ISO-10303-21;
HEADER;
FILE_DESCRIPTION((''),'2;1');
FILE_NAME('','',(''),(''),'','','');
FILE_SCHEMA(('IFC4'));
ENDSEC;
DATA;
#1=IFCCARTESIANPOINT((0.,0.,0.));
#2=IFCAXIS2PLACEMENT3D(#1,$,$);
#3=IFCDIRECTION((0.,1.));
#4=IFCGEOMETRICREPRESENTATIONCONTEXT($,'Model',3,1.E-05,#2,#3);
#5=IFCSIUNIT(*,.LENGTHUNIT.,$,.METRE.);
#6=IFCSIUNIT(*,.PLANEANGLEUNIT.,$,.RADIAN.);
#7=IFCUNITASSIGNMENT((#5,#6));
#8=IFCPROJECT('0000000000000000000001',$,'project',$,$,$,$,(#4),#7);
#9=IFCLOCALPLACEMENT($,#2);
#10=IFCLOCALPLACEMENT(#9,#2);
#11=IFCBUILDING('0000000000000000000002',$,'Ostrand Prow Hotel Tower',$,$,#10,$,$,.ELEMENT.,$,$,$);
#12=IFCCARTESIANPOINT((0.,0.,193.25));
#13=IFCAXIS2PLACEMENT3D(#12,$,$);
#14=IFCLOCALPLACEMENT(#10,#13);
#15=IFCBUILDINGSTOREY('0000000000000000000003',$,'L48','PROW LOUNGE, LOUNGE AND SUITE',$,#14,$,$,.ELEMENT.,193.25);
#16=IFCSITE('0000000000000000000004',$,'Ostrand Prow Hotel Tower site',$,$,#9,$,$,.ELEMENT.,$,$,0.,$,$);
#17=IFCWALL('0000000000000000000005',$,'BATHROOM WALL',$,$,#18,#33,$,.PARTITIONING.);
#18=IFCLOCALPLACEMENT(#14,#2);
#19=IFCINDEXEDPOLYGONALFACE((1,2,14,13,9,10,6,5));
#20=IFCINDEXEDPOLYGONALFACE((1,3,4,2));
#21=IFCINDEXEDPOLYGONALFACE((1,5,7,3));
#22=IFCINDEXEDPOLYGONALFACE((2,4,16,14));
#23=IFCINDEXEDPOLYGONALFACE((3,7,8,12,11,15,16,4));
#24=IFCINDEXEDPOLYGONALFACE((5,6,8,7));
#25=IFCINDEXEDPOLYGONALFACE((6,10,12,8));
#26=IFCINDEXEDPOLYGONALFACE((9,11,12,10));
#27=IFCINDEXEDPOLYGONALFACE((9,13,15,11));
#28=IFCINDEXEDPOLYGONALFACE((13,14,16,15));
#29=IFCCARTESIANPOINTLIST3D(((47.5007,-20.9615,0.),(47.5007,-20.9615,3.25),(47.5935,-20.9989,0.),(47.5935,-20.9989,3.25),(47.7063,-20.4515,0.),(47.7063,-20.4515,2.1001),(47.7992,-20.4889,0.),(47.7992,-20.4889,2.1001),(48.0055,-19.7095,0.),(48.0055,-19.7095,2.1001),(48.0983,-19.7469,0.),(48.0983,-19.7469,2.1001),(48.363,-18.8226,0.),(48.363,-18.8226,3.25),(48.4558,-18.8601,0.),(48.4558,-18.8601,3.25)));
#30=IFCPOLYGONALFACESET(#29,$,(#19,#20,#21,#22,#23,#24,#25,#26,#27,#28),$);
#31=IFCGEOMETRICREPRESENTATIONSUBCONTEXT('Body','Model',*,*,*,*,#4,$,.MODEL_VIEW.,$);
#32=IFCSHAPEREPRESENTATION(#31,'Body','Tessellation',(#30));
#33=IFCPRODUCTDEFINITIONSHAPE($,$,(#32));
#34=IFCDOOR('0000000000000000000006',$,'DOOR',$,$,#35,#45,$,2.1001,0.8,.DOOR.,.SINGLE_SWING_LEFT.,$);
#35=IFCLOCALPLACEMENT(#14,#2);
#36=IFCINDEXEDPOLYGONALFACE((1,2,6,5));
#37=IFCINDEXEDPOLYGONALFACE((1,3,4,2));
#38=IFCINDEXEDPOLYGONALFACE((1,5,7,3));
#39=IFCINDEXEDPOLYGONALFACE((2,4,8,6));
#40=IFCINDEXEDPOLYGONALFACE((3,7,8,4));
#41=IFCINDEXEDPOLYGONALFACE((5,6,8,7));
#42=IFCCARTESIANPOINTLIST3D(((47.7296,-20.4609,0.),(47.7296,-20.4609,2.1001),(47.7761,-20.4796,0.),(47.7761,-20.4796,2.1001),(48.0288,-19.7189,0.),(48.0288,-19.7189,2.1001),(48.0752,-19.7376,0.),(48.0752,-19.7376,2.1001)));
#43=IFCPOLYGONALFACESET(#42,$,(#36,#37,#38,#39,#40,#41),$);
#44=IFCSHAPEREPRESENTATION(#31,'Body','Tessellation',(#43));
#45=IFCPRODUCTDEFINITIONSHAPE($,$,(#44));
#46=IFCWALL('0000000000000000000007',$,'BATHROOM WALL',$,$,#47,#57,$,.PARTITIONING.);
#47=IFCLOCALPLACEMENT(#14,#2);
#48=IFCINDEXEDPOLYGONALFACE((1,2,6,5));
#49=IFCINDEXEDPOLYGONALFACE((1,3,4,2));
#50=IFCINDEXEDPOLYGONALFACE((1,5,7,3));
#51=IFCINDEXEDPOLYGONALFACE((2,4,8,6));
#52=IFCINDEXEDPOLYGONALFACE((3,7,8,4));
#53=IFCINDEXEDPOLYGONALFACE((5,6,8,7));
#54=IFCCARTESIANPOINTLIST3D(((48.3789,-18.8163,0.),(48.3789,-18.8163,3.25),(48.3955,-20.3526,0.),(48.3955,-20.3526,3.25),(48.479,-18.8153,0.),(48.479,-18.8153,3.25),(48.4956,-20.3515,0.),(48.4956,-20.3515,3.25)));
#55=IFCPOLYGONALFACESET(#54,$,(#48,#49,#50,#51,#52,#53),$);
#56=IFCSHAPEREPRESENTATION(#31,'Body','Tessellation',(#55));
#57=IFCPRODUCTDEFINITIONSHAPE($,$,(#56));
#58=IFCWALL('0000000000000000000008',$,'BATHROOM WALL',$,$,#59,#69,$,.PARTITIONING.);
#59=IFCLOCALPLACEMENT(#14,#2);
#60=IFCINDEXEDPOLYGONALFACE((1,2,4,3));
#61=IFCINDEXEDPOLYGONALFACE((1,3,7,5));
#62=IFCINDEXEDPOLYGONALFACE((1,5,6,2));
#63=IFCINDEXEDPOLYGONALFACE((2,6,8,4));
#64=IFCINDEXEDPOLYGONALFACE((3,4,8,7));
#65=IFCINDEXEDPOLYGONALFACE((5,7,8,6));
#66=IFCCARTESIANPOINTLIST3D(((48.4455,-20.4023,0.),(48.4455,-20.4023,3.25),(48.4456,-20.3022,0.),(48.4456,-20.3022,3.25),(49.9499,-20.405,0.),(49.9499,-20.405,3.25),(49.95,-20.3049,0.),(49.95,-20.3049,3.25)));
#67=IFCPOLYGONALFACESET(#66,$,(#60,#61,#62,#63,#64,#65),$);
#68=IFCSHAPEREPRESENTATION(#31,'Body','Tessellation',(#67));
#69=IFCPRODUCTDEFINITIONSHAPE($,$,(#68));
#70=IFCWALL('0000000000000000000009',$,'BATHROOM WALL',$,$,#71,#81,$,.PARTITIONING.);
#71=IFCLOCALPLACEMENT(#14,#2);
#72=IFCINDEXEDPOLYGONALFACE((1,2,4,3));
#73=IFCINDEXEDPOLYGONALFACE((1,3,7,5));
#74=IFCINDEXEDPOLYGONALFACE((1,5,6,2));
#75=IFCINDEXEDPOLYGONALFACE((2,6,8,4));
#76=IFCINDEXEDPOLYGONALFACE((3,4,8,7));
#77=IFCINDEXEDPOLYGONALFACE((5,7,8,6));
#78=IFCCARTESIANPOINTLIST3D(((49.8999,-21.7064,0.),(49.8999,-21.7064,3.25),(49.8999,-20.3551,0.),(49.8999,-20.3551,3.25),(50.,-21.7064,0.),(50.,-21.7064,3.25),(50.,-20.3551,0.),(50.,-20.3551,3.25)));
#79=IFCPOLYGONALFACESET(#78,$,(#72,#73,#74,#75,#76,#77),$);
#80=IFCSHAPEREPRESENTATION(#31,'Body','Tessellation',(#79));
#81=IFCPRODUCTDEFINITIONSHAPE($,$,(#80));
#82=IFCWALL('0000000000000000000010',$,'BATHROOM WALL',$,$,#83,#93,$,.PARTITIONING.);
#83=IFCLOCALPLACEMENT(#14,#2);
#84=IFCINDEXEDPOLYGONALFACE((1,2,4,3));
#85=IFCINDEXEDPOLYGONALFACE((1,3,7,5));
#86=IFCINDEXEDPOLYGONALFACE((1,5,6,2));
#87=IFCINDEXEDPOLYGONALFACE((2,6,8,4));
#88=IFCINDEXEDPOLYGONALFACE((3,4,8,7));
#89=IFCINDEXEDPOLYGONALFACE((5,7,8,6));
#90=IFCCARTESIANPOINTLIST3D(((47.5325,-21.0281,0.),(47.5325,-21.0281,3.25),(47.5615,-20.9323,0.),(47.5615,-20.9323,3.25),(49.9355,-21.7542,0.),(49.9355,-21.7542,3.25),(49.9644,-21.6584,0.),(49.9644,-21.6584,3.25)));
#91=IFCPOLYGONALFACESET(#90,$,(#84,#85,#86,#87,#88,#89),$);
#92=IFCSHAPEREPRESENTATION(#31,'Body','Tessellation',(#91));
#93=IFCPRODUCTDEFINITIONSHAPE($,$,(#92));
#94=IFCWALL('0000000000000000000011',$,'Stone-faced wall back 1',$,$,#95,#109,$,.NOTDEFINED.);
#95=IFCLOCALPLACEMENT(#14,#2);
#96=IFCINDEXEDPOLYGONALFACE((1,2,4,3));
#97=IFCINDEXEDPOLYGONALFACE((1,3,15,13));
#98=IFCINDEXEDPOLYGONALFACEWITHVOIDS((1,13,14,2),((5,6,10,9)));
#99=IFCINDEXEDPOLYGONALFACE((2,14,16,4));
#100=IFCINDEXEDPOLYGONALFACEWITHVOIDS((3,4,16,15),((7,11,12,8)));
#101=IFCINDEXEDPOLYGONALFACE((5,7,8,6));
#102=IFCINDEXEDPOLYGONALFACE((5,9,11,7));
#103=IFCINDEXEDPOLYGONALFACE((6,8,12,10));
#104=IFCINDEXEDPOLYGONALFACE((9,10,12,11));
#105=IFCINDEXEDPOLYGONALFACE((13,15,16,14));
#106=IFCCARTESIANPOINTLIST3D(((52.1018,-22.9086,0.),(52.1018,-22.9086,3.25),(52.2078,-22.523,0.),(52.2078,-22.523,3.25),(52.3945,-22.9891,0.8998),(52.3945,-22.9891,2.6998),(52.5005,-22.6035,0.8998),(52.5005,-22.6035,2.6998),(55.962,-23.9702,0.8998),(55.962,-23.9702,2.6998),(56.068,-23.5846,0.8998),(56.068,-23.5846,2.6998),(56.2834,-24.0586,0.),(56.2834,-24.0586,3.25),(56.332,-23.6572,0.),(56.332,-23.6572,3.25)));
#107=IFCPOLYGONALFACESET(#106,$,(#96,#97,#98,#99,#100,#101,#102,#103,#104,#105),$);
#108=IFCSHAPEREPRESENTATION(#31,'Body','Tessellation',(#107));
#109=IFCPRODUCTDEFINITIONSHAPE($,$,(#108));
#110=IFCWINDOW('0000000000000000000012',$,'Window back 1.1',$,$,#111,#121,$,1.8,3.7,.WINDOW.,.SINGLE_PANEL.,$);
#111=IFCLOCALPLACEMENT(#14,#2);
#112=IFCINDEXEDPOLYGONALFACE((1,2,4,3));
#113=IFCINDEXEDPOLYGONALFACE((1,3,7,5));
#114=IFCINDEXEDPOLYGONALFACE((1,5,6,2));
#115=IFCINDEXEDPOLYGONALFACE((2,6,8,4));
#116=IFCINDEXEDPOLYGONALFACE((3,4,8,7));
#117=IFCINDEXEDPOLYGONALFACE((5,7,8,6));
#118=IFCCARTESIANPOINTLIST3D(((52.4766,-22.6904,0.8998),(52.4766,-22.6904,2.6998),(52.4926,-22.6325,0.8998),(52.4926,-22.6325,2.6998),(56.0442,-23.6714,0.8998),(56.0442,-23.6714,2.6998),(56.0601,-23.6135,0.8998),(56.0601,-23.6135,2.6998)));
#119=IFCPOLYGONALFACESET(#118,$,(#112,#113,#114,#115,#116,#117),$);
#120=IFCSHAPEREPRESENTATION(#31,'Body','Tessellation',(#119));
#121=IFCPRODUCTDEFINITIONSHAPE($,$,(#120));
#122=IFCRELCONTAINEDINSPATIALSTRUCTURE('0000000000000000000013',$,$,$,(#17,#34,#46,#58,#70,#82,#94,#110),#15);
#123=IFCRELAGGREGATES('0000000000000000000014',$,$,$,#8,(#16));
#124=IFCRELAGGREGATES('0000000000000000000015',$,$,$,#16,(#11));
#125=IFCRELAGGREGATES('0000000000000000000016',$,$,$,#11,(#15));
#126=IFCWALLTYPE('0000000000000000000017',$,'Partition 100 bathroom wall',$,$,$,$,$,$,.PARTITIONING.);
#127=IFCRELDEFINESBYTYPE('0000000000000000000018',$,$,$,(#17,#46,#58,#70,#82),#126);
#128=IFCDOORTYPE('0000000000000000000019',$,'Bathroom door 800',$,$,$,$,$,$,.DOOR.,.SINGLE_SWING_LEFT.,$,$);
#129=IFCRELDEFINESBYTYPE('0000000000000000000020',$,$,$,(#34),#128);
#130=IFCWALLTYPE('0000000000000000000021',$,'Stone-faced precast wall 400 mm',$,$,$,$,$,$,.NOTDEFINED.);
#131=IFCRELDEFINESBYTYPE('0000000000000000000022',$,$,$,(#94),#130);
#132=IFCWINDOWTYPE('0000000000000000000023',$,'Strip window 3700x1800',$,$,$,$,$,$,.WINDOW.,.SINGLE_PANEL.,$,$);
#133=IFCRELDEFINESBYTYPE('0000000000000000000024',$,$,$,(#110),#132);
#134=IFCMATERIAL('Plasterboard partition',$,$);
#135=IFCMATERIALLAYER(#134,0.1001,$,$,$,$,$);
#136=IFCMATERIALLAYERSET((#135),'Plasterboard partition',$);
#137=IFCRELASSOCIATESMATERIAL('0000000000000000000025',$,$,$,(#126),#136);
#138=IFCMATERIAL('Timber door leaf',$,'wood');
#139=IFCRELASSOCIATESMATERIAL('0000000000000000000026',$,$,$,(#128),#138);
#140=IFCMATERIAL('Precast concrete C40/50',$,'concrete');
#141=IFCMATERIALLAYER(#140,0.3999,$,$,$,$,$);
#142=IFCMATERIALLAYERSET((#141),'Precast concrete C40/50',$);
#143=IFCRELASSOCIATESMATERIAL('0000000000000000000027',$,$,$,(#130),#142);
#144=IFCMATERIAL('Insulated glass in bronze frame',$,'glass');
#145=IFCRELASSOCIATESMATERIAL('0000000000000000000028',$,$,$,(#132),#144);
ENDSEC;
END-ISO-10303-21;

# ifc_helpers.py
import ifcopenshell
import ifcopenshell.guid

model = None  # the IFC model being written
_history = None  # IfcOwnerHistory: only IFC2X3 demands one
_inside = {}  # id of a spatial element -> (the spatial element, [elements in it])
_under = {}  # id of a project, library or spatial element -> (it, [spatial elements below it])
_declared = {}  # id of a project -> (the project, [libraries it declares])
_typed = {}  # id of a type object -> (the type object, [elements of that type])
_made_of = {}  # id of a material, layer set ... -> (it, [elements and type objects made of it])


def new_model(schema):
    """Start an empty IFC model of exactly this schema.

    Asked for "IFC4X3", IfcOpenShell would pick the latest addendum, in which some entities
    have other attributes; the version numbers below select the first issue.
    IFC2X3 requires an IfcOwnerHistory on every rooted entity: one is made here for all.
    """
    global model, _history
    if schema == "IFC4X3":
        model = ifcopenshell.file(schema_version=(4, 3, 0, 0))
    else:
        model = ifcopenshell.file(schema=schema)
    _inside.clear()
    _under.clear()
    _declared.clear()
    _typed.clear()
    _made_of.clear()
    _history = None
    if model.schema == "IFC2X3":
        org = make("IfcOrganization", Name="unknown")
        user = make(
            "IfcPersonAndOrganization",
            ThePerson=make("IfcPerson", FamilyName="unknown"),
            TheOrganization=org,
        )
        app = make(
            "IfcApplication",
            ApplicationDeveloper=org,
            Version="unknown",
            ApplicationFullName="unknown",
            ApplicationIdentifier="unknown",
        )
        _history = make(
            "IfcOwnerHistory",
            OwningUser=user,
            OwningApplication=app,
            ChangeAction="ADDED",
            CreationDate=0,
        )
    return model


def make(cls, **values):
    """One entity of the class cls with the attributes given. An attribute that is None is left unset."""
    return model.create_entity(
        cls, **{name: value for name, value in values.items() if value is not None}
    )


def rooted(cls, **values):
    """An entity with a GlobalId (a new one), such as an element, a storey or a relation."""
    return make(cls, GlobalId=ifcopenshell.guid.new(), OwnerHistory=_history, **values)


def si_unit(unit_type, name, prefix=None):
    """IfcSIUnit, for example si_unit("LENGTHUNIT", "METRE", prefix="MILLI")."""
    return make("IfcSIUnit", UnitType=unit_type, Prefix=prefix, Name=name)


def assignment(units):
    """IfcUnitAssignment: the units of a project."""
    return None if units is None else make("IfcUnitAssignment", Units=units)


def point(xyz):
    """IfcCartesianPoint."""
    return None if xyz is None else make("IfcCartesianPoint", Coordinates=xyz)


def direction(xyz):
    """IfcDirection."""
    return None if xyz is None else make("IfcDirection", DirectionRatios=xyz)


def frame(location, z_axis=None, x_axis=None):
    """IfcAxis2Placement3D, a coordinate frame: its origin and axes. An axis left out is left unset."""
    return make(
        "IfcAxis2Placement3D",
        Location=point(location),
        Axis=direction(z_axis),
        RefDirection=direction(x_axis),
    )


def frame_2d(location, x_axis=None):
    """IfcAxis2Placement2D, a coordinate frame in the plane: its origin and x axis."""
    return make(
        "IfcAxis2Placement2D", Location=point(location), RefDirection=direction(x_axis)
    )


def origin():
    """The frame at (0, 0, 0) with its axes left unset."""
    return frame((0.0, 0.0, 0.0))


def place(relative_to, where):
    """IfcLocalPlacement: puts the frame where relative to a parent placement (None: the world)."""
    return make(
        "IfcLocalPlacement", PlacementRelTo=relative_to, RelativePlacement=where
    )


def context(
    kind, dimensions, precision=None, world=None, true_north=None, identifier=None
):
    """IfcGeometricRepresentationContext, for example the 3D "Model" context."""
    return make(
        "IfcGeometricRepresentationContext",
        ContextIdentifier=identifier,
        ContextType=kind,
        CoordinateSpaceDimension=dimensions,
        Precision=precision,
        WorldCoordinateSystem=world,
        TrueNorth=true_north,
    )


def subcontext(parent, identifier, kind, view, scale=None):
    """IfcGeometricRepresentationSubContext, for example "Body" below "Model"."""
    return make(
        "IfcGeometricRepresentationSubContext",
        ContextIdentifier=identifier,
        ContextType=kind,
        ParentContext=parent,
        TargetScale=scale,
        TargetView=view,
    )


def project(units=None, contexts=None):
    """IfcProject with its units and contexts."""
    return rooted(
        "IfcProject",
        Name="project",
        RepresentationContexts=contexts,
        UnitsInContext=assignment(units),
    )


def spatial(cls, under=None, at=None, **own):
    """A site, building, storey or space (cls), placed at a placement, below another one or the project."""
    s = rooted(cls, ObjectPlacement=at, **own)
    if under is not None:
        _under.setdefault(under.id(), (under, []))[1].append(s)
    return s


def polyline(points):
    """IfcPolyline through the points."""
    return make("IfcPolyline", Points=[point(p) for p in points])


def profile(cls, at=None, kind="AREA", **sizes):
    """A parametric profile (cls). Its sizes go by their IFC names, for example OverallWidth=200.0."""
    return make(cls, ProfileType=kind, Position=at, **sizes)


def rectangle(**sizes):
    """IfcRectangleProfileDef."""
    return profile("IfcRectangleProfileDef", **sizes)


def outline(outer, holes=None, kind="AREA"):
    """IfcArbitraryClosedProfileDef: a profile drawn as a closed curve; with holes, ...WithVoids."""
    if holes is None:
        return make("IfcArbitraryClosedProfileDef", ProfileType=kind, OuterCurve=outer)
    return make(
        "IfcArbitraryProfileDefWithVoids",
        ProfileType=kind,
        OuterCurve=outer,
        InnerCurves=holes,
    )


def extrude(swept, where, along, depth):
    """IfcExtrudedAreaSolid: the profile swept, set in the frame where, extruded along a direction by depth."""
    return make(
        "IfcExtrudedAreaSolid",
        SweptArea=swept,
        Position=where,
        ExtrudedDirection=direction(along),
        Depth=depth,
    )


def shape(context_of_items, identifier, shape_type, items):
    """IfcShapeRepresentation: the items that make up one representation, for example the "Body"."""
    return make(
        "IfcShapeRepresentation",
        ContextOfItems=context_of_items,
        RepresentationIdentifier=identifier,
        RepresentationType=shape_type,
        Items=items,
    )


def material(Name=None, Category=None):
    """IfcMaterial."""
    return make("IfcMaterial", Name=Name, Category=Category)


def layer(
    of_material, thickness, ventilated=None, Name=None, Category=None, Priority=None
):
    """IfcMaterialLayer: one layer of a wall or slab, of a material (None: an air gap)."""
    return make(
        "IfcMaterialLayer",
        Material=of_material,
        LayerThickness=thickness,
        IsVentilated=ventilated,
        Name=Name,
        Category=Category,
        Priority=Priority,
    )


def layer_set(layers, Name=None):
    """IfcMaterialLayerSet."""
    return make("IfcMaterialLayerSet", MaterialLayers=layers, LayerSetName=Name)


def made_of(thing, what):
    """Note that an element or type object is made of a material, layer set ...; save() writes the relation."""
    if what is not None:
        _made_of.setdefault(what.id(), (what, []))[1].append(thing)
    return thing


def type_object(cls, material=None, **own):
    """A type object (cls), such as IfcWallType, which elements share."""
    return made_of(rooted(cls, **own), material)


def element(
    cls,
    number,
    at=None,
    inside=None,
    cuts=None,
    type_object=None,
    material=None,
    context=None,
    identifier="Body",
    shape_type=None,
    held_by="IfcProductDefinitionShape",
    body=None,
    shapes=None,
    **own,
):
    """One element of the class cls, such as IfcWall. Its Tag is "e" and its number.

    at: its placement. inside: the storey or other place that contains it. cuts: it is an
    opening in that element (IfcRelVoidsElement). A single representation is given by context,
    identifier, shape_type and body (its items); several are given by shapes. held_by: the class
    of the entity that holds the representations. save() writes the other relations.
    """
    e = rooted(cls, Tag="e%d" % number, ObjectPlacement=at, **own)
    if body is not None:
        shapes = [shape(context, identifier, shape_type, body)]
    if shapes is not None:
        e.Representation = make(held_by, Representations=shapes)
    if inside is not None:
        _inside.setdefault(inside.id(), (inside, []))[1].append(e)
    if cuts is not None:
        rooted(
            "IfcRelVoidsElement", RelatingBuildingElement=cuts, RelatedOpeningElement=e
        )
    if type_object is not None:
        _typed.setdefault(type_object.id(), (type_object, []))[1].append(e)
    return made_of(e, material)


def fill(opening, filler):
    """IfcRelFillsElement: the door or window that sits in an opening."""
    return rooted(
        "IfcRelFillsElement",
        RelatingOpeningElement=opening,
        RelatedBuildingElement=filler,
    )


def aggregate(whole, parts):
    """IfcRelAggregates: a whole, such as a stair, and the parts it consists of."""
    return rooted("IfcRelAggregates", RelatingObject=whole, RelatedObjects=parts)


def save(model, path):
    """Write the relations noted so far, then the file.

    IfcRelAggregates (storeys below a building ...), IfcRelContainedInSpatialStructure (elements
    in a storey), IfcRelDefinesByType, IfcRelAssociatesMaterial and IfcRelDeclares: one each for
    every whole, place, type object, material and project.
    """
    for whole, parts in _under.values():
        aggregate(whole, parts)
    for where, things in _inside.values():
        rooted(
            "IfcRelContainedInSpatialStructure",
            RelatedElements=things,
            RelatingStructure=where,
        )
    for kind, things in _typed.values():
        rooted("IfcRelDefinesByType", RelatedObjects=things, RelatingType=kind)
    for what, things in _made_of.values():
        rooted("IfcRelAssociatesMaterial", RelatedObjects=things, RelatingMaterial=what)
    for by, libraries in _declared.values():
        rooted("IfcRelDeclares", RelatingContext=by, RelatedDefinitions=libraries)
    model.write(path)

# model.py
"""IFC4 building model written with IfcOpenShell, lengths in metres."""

from ifc_helpers import new_model, si_unit, direction, frame, frame_2d, origin, place, context, subcontext, project, spatial, polyline, rectangle, outline, extrude, material, layer, layer_set, type_object, element, fill, save


model = new_model("IFC4")

# Units and contexts
model_context = context("Model", 3, precision=1e-05, world=origin(), true_north=direction((0.0, 1.0)))
body_context = subcontext(model_context, "Body", "Model", "MODEL_VIEW")
ifc_project = project(units=[si_unit("LENGTHUNIT", "METRE"), si_unit("PLANEANGLEUNIT", "RADIAN")], contexts=[model_context])

# Site, building, storey
site_placement = place(None, origin())
site = spatial("IfcSite", under=ifc_project, at=site_placement, Name="Ostrand Prow Hotel Tower site", CompositionType="ELEMENT", RefElevation=0.0)
building_placement = place(site_placement, origin())
building = spatial("IfcBuilding", under=site, at=building_placement, Name="Ostrand Prow Hotel Tower", CompositionType="ELEMENT")
storey_placement = place(building_placement, frame((0.0, 0.0, 193.25)))
storey = spatial("IfcBuildingStorey", under=building, at=storey_placement, Name="L48", Description="PROW LOUNGE, LOUNGE AND SUITE", CompositionType="ELEMENT", Elevation=193.25)

# Wall, opening, door
ifc_material_1 = material(Name="Plasterboard partition")
ifc_layer_1 = layer(ifc_material_1, 0.1001)
ifc_layer_set_1 = layer_set([ifc_layer_1], Name="Plasterboard partition")
wall_type_1 = type_object("IfcWallType", Name="Partition 100 bathroom wall", PredefinedType="PARTITIONING", material=ifc_layer_set_1)
wall_1_placement = place(storey_placement, frame((47.5471, -20.9802, 0.0), z_axis=(0.0, 0.0, 1.0), x_axis=(0.373908, 0.927466, 0.0)))
wall_1 = element("IfcWall", 1, at=wall_1_placement, inside=storey, type_object=wall_type_1, Name="BATHROOM WALL", PredefinedType="PARTITIONING", context=body_context, shape_type="SweptSolid", body=[
    extrude(rectangle(XDim=2.3062, YDim=0.1001, at=frame_2d((1.1531, 0.0))), origin(), (0.0, 0.0, 1.0), 3.25),
])
opening_1_placement = place(wall_1_placement, frame((0.55, 0.0, 0.0)))
opening_1 = element("IfcOpeningElement", 2, at=opening_1_placement, cuts=wall_1, PredefinedType="OPENING", context=body_context, shape_type="SweptSolid", body=[
    extrude(rectangle(XDim=0.8, YDim=2.1001, at=frame_2d((0.3999, 1.05))), frame((0.0, 0.0601, 0.0), z_axis=(0.0, -1.0, 0.0), x_axis=(1.0, 0.0, 0.0)), (0.0, 0.0, 1.0), 0.1201),
])
ifc_material_2 = material(Name="Timber door leaf", Category="wood")
door_type_1 = type_object("IfcDoorType", Name="Bathroom door 800", OperationType="SINGLE_SWING_LEFT", PredefinedType="DOOR", material=ifc_material_2)
door_1_placement = place(opening_1_placement, origin())
door_1 = element("IfcDoor", 3, at=door_1_placement, inside=storey, type_object=door_type_1, Name="DOOR", OperationType="SINGLE_SWING_LEFT", OverallHeight=2.1001, OverallWidth=0.8, PredefinedType="DOOR", context=body_context, shape_type="SweptSolid", body=[
    extrude(rectangle(XDim=0.8, YDim=2.1001, at=frame_2d((0.3999, 1.05))), frame((0.0, 0.0249, 0.0), z_axis=(0.0, -1.0, 0.0), x_axis=(1.0, 0.0, 0.0)), (0.0, 0.0, 1.0), 0.05),
])
fill(opening_1, door_1)

# Walls
wall_2_placement = place(storey_placement, frame((48.429, -18.8159, 0.0), z_axis=(0.0, 0.0, 1.0), x_axis=(0.010805, -0.999942, 0.0)))
element("IfcWall", 4, at=wall_2_placement, inside=storey, type_object=wall_type_1, Name="BATHROOM WALL", PredefinedType="PARTITIONING", context=body_context, shape_type="SweptSolid", body=[
    extrude(rectangle(XDim=1.5364, YDim=0.1001, at=frame_2d((0.7681, 0.0))), origin(), (0.0, 0.0, 1.0), 3.25),
])
wall_3_placement = place(storey_placement, frame((48.4456, -20.3523, 0.0), z_axis=(0.0, 0.0, 1.0), x_axis=(0.999998, -0.001785, 0.0)))
element("IfcWall", 5, at=wall_3_placement, inside=storey, type_object=wall_type_1, Name="BATHROOM WALL", PredefinedType="PARTITIONING", context=body_context, shape_type="SweptSolid", body=[
    extrude(rectangle(XDim=1.5044, YDim=0.1001, at=frame_2d((0.7522, 0.0))), origin(), (0.0, 0.0, 1.0), 3.25),
])
wall_4_placement = place(storey_placement, frame((49.95, -20.355, 0.0), z_axis=(0.0, 0.0, 1.0), x_axis=(0.0, -1.0, 0.0)))
element("IfcWall", 6, at=wall_4_placement, inside=storey, type_object=wall_type_1, Name="BATHROOM WALL", PredefinedType="PARTITIONING", context=body_context, shape_type="SweptSolid", body=[
    extrude(rectangle(XDim=1.3513, YDim=0.1001, at=frame_2d((0.6758, 0.0))), origin(), (0.0, 0.0, 1.0), 3.25),
])
wall_5_placement = place(storey_placement, frame((49.95, -21.7063, 0.0), z_axis=(0.0, 0.0, 1.0), x_axis=(-0.957252, 0.289257, 0.0)))
element("IfcWall", 7, at=wall_5_placement, inside=storey, type_object=wall_type_1, Name="BATHROOM WALL", PredefinedType="PARTITIONING", context=body_context, shape_type="SweptSolid", body=[
    extrude(rectangle(XDim=2.5103, YDim=0.1001, at=frame_2d((1.2551, 0.0))), origin(), (0.0, 0.0, 1.0), 3.25),
])

# Wall, opening, window
ifc_material_3 = material(Name="Precast concrete C40/50", Category="concrete")
ifc_layer_2 = layer(ifc_material_3, 0.3999)
ifc_layer_set_2 = layer_set([ifc_layer_2], Name="Precast concrete C40/50")
wall_type_2 = type_object("IfcWallType", Name="Stone-faced precast wall 400 mm", PredefinedType="NOTDEFINED", material=ifc_layer_set_2)
wall_6_placement = place(storey_placement, frame((52.1548, -22.7158, 0.0), z_axis=(0.0, 0.0, 1.0), x_axis=(0.964206, -0.265155, 0.0)))
wall_6 = element("IfcWall", 8, at=wall_6_placement, inside=storey, type_object=wall_type_2, Name="Stone-faced wall back 1", PredefinedType="NOTDEFINED", context=body_context, shape_type="SweptSolid", body=[
    extrude(outline(polyline([(0.0, -0.2), (4.3369, -0.2), (4.2773, 0.2), (0.0, 0.2), (0.0, -0.2)])), origin(), (0.0, 0.0, 1.0), 3.25),
])
opening_2_placement = place(wall_6_placement, frame((0.3035, 0.0, 0.8999)))
opening_2 = element("IfcOpeningElement", 9, at=opening_2_placement, cuts=wall_6, PredefinedType="OPENING", context=body_context, shape_type="SweptSolid", body=[
    extrude(rectangle(XDim=3.7, YDim=1.8, at=frame_2d((1.8501, 0.8999))), frame((0.0, 0.21, 0.0), z_axis=(0.0, -1.0, 0.0), x_axis=(1.0, 0.0, 0.0)), (0.0, 0.0, 1.0), 0.4199),
])
ifc_material_4 = material(Name="Insulated glass in bronze frame", Category="glass")
window_type = type_object("IfcWindowType", Name="Strip window 3700x1800", PartitioningType="SINGLE_PANEL", PredefinedType="WINDOW", material=ifc_material_4)
window_placement = place(opening_2_placement, origin())
window = element("IfcWindow", 10, at=window_placement, inside=storey, type_object=window_type, Name="Window back 1.1", OverallHeight=1.8, OverallWidth=3.7, PartitioningType="SINGLE_PANEL", PredefinedType="WINDOW", context=body_context, shape_type="SweptSolid", body=[
    extrude(rectangle(XDim=3.7, YDim=1.8, at=frame_2d((1.8501, 0.8999))), frame((0.0, 0.1699, 0.0), z_axis=(0.0, -1.0, 0.0), x_axis=(1.0, 0.0, 0.0)), (0.0, 0.0, 1.0), 0.0601),
])
fill(opening_2, window)

save(model, "model.ifc")
